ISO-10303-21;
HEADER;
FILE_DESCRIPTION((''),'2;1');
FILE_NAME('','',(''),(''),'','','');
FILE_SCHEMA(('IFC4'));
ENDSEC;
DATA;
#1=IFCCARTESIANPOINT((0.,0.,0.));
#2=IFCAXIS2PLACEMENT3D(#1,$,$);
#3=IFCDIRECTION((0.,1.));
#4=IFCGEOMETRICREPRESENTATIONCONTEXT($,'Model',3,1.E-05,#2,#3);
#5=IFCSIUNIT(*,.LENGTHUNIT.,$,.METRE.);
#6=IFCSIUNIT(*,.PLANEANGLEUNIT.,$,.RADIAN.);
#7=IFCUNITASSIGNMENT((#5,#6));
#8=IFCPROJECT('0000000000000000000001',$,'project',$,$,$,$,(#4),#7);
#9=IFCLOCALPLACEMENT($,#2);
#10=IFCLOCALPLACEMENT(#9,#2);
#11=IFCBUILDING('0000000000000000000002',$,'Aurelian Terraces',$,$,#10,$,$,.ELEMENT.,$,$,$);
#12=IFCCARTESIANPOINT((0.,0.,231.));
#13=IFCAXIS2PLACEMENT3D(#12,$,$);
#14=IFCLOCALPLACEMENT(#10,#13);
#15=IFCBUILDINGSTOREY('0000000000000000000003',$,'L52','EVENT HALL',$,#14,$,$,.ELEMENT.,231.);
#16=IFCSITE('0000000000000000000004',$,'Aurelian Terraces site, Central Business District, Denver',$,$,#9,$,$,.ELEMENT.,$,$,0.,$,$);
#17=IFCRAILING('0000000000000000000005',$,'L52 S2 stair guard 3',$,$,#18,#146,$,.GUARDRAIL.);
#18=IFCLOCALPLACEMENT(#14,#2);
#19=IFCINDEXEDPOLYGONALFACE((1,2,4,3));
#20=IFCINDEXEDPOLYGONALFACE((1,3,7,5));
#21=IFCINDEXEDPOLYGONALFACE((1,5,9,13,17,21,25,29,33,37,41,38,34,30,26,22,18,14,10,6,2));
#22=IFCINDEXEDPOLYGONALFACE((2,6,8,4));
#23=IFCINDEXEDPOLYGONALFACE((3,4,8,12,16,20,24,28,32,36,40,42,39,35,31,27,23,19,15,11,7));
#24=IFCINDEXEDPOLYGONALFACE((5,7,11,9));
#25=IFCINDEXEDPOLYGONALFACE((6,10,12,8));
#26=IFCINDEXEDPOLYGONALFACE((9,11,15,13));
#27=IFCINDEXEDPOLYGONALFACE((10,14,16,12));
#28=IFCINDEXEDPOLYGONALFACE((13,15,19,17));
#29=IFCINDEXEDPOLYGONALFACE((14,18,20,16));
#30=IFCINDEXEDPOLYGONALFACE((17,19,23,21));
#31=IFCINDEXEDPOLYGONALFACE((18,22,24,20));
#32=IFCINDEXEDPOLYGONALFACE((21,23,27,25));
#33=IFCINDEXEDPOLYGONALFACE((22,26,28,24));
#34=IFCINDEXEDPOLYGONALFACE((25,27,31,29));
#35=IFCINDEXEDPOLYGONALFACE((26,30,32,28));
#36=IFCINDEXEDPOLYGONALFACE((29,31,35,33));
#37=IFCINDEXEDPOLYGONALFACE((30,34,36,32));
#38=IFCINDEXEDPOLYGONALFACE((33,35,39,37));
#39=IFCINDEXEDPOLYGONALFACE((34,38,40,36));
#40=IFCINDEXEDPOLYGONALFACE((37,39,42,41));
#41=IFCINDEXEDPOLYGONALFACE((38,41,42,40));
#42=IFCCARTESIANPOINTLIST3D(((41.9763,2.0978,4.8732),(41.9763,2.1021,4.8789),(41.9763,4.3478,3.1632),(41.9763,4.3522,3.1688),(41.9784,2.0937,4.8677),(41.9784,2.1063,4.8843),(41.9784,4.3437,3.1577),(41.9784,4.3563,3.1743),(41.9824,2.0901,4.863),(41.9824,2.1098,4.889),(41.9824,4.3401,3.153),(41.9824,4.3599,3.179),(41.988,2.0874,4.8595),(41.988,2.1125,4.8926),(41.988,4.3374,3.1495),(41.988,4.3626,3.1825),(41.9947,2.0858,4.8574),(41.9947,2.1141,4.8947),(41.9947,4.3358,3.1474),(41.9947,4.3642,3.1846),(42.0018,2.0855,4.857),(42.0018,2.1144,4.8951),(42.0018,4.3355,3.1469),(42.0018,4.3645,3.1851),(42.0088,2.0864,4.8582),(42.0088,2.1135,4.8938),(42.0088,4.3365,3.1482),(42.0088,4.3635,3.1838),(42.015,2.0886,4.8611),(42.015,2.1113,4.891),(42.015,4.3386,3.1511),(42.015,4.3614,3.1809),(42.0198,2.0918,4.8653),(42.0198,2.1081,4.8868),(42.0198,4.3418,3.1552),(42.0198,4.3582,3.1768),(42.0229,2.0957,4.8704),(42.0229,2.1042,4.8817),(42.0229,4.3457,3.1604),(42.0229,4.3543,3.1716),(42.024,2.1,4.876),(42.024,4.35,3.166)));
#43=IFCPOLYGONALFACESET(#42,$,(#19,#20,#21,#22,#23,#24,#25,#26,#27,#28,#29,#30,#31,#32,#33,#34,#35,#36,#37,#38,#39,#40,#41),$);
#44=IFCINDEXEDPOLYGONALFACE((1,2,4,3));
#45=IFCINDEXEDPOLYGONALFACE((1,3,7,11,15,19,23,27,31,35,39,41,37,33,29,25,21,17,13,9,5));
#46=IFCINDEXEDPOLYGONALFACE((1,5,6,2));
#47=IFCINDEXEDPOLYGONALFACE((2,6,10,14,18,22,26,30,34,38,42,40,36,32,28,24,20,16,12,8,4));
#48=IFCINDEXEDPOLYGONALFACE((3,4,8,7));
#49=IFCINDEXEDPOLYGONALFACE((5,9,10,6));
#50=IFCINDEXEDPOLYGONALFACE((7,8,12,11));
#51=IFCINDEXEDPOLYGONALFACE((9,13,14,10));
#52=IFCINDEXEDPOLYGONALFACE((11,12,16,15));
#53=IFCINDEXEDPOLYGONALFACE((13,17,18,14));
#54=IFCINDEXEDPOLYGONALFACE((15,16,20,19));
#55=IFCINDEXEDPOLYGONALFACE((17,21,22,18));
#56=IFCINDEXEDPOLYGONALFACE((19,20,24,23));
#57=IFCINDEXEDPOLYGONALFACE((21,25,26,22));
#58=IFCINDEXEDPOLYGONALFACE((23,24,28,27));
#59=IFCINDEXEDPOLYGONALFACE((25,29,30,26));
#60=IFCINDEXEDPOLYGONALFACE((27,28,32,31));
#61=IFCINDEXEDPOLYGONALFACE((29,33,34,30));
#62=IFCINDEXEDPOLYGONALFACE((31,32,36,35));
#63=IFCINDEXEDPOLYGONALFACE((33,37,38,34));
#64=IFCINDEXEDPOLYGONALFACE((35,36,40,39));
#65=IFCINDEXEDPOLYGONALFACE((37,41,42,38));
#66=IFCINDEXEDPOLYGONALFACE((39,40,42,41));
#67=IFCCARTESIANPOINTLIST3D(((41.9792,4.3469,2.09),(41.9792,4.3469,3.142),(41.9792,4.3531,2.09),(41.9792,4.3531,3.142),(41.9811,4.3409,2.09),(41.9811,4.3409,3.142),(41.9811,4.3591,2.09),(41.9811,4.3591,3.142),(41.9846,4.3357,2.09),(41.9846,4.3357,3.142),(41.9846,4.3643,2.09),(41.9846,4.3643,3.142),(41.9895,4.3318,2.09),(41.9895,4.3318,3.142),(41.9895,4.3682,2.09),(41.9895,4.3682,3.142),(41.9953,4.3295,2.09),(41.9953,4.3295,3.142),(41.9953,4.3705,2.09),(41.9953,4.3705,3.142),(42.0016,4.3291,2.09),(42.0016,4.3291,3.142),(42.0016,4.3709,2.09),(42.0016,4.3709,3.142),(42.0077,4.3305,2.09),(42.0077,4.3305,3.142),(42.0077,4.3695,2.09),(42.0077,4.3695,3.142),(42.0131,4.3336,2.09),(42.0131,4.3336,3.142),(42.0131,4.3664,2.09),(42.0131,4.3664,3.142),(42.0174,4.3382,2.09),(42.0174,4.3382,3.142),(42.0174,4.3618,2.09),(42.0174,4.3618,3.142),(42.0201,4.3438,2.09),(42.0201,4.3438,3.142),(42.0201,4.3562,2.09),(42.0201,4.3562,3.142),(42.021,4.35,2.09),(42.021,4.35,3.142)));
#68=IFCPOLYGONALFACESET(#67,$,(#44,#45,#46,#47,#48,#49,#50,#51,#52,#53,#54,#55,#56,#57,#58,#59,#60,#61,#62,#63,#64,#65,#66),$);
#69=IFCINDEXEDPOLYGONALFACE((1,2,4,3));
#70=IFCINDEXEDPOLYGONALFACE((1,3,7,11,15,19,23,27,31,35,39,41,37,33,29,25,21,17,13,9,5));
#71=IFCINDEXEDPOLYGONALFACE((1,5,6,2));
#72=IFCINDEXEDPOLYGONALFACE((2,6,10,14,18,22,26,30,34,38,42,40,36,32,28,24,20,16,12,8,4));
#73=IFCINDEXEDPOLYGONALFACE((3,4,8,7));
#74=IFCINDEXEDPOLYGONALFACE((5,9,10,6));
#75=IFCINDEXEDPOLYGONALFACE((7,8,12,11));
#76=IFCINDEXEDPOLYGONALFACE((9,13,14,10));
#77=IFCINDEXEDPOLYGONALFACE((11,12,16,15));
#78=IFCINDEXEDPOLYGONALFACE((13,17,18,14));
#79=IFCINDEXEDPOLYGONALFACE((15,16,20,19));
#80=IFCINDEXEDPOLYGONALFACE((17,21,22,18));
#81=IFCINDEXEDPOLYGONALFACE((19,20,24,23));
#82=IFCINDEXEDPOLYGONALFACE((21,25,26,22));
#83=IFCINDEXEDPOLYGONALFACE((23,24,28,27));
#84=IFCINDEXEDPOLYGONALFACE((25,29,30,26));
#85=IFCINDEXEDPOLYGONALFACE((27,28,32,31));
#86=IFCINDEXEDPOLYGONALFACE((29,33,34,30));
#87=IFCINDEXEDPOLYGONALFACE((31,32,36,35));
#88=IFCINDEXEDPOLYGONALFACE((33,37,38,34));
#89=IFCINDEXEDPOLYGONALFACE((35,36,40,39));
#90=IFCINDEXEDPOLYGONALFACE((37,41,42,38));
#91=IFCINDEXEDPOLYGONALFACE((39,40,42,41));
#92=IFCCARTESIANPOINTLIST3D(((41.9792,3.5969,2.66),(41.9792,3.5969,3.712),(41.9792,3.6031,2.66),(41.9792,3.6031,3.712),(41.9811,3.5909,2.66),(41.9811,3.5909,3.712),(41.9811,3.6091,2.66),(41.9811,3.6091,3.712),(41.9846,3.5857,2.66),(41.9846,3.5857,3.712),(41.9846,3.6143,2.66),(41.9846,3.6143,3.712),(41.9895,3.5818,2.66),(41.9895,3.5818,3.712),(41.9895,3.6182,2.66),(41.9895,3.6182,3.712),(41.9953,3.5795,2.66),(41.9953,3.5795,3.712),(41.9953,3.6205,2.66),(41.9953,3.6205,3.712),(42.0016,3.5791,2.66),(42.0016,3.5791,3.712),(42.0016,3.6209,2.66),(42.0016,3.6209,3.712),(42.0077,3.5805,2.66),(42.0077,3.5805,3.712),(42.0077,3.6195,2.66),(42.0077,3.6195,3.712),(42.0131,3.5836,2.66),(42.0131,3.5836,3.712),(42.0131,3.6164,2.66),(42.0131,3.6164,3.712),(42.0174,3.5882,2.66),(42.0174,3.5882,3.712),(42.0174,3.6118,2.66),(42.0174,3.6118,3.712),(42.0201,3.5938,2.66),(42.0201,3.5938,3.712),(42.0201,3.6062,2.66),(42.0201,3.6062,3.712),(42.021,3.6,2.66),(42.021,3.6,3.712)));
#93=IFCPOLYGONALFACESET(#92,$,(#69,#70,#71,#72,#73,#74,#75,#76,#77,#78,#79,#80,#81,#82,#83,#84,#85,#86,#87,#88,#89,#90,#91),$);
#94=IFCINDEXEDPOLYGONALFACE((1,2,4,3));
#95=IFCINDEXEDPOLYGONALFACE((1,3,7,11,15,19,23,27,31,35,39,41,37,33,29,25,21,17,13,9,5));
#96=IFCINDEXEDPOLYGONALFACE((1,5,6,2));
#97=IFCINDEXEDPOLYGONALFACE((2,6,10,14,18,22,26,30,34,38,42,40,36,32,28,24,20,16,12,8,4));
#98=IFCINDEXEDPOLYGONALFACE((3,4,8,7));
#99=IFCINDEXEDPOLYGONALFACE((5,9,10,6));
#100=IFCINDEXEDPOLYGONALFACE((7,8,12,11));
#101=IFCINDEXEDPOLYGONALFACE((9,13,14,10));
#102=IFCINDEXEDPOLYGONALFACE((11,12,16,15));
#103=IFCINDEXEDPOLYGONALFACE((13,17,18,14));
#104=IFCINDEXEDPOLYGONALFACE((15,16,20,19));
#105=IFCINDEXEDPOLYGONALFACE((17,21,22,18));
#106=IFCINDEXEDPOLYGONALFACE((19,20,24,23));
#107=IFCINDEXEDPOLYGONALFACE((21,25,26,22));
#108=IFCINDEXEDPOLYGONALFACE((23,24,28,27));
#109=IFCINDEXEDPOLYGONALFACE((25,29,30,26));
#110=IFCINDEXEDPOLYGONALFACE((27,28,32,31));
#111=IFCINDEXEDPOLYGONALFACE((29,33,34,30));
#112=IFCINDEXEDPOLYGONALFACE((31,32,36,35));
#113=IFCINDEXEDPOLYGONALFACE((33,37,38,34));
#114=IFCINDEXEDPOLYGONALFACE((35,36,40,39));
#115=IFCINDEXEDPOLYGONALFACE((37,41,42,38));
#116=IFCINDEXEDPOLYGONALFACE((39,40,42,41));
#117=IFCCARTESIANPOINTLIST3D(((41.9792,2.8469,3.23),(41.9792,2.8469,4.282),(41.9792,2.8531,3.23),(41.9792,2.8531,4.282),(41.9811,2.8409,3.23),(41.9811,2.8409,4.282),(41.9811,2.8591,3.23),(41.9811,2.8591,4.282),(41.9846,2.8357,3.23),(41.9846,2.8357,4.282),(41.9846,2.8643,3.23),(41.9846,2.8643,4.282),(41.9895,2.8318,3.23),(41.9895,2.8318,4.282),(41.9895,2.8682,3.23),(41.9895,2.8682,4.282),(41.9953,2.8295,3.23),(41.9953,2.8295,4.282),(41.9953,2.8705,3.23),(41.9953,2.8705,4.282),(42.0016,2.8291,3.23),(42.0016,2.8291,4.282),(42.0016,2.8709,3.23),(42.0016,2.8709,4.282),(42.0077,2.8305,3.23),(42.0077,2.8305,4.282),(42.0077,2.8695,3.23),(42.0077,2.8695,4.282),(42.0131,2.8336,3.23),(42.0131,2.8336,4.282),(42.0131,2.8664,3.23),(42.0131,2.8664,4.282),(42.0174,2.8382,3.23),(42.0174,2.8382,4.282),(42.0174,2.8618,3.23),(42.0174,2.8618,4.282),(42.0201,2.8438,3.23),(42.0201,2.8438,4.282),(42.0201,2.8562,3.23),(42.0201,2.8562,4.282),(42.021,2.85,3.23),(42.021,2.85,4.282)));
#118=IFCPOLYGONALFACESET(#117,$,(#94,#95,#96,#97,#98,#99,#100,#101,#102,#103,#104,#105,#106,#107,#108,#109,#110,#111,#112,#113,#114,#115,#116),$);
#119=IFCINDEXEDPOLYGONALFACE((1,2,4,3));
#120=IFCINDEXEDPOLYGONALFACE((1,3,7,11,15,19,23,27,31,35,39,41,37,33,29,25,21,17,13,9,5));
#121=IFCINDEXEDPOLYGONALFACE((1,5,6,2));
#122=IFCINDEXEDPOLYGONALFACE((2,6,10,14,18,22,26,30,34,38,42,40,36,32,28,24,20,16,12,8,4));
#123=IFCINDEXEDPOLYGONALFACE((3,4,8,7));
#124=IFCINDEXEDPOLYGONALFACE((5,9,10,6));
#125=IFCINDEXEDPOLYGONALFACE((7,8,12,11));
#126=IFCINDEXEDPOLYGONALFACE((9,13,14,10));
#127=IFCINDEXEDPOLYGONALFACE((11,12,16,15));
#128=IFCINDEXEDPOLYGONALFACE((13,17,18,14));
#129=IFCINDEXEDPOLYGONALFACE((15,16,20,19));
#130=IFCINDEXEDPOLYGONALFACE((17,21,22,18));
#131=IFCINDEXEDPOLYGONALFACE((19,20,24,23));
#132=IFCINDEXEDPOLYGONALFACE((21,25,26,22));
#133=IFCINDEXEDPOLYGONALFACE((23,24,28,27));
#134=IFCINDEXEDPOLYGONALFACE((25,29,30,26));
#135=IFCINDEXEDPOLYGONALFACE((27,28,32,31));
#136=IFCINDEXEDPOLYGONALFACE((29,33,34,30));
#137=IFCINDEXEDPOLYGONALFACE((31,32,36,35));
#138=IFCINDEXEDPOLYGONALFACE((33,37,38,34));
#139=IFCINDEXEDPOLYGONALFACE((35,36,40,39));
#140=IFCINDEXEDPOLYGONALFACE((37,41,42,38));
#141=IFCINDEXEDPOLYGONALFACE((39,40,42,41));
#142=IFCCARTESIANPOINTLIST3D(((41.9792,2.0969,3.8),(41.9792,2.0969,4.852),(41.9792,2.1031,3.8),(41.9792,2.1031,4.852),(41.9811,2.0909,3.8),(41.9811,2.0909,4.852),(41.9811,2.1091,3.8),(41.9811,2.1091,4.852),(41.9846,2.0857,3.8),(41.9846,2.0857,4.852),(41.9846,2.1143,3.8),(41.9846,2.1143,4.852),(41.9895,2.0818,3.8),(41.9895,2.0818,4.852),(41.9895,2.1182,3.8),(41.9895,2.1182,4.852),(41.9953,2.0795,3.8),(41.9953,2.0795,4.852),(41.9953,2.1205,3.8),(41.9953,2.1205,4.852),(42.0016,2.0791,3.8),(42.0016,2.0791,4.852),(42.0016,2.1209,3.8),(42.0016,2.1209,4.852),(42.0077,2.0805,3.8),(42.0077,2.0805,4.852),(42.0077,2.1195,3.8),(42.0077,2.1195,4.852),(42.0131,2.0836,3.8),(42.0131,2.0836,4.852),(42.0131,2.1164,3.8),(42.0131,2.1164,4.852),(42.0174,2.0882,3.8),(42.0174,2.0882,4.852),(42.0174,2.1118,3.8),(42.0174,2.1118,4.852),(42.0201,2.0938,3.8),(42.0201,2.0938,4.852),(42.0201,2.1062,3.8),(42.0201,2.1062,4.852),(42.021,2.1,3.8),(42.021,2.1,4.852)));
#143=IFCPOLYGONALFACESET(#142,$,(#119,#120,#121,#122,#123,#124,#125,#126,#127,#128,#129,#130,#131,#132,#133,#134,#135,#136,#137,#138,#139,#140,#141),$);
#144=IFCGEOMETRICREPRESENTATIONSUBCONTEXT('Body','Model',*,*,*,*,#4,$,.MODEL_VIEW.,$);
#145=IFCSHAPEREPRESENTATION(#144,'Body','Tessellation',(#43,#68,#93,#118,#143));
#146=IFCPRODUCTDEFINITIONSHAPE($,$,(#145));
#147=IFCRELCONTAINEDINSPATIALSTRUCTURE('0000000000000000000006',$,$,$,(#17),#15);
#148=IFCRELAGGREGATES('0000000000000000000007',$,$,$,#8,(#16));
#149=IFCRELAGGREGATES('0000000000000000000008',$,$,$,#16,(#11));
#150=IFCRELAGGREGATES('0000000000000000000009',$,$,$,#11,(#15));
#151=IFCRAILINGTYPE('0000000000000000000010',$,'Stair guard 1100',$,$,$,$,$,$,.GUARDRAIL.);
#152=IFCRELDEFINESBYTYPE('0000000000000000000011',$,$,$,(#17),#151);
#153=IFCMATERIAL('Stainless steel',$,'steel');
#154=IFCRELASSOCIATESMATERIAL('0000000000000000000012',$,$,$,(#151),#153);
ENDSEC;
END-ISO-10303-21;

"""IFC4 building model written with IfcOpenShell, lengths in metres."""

from ifc_helpers import new_model, si_unit, direction, frame, origin, origin_2d, place, context, subcontext, project, spatial, circle, extrude, source, transform, mapped, material, type_object, element, save


model = new_model("IFC4")

# Units and contexts
model_context = context("Model", 3, precision=1e-05, world=origin(), true_north=direction((0.0, 1.0)))
body_context = subcontext(model_context, "Body", "Model", "MODEL_VIEW")
ifc_project = project(units=[si_unit("LENGTHUNIT", "METRE"), si_unit("PLANEANGLEUNIT", "RADIAN")], contexts=[model_context])

# Site, building, storey
site_placement = place(None, origin())
site = spatial("IfcSite", under=ifc_project, at=site_placement, Name="Aurelian Terraces site, Central Business District, Denver", CompositionType="ELEMENT", RefElevation=0.0)
building_placement = place(site_placement, origin())
building = spatial("IfcBuilding", under=site, at=building_placement, Name="Aurelian Terraces", CompositionType="ELEMENT")
storey_placement = place(building_placement, frame((0.0, 0.0, 231.0)))
storey = spatial("IfcBuildingStorey", under=building, at=storey_placement, Name="L52", Description="EVENT HALL", CompositionType="ELEMENT", Elevation=231.0)

# Railing
ifc_material_1 = material(Name="Stainless steel", Category="steel")
railing_type = type_object("IfcRailingType", Name="Stair guard 1100", PredefinedType="GUARDRAIL", material=ifc_material_1)
shared_shape_1 = source(origin(), body_context, "Body", "SweptSolid", [
    extrude(circle(Radius=0.024, at=origin_2d()), frame((0.0, 0.0, 1.076), z_axis=(0.0, -0.796162, 0.605083), x_axis=(1.0, 0.0, 0.0)), (0.0, 0.0, 1.0), 2.8261),
    extrude(circle(Radius=0.021, at=origin_2d()), origin(), (0.0, 0.0, 1.0), 1.052),
    extrude(circle(Radius=0.021, at=origin_2d()), frame((0.0, -0.75, 0.57)), (0.0, 0.0, 1.0), 1.052),
    extrude(circle(Radius=0.021, at=origin_2d()), frame((0.0, -1.5, 1.14)), (0.0, 0.0, 1.0), 1.052),
    extrude(circle(Radius=0.021, at=origin_2d()), frame((0.0, -2.25, 1.71)), (0.0, 0.0, 1.0), 1.052),
])
railing_1_placement = place(storey_placement, frame((42.0, 4.35, 2.09)))
element("IfcRailing", 1, at=railing_1_placement, inside=storey, type_object=railing_type, Name="L52 S2 stair guard 3", PredefinedType="GUARDRAIL", context=body_context, shape_type="MappedRepresentation", body=[
    mapped(shared_shape_1, transform((0.0, 0.0, 0.0), scale=1.0)),
])

save(model, "model.ifc")
